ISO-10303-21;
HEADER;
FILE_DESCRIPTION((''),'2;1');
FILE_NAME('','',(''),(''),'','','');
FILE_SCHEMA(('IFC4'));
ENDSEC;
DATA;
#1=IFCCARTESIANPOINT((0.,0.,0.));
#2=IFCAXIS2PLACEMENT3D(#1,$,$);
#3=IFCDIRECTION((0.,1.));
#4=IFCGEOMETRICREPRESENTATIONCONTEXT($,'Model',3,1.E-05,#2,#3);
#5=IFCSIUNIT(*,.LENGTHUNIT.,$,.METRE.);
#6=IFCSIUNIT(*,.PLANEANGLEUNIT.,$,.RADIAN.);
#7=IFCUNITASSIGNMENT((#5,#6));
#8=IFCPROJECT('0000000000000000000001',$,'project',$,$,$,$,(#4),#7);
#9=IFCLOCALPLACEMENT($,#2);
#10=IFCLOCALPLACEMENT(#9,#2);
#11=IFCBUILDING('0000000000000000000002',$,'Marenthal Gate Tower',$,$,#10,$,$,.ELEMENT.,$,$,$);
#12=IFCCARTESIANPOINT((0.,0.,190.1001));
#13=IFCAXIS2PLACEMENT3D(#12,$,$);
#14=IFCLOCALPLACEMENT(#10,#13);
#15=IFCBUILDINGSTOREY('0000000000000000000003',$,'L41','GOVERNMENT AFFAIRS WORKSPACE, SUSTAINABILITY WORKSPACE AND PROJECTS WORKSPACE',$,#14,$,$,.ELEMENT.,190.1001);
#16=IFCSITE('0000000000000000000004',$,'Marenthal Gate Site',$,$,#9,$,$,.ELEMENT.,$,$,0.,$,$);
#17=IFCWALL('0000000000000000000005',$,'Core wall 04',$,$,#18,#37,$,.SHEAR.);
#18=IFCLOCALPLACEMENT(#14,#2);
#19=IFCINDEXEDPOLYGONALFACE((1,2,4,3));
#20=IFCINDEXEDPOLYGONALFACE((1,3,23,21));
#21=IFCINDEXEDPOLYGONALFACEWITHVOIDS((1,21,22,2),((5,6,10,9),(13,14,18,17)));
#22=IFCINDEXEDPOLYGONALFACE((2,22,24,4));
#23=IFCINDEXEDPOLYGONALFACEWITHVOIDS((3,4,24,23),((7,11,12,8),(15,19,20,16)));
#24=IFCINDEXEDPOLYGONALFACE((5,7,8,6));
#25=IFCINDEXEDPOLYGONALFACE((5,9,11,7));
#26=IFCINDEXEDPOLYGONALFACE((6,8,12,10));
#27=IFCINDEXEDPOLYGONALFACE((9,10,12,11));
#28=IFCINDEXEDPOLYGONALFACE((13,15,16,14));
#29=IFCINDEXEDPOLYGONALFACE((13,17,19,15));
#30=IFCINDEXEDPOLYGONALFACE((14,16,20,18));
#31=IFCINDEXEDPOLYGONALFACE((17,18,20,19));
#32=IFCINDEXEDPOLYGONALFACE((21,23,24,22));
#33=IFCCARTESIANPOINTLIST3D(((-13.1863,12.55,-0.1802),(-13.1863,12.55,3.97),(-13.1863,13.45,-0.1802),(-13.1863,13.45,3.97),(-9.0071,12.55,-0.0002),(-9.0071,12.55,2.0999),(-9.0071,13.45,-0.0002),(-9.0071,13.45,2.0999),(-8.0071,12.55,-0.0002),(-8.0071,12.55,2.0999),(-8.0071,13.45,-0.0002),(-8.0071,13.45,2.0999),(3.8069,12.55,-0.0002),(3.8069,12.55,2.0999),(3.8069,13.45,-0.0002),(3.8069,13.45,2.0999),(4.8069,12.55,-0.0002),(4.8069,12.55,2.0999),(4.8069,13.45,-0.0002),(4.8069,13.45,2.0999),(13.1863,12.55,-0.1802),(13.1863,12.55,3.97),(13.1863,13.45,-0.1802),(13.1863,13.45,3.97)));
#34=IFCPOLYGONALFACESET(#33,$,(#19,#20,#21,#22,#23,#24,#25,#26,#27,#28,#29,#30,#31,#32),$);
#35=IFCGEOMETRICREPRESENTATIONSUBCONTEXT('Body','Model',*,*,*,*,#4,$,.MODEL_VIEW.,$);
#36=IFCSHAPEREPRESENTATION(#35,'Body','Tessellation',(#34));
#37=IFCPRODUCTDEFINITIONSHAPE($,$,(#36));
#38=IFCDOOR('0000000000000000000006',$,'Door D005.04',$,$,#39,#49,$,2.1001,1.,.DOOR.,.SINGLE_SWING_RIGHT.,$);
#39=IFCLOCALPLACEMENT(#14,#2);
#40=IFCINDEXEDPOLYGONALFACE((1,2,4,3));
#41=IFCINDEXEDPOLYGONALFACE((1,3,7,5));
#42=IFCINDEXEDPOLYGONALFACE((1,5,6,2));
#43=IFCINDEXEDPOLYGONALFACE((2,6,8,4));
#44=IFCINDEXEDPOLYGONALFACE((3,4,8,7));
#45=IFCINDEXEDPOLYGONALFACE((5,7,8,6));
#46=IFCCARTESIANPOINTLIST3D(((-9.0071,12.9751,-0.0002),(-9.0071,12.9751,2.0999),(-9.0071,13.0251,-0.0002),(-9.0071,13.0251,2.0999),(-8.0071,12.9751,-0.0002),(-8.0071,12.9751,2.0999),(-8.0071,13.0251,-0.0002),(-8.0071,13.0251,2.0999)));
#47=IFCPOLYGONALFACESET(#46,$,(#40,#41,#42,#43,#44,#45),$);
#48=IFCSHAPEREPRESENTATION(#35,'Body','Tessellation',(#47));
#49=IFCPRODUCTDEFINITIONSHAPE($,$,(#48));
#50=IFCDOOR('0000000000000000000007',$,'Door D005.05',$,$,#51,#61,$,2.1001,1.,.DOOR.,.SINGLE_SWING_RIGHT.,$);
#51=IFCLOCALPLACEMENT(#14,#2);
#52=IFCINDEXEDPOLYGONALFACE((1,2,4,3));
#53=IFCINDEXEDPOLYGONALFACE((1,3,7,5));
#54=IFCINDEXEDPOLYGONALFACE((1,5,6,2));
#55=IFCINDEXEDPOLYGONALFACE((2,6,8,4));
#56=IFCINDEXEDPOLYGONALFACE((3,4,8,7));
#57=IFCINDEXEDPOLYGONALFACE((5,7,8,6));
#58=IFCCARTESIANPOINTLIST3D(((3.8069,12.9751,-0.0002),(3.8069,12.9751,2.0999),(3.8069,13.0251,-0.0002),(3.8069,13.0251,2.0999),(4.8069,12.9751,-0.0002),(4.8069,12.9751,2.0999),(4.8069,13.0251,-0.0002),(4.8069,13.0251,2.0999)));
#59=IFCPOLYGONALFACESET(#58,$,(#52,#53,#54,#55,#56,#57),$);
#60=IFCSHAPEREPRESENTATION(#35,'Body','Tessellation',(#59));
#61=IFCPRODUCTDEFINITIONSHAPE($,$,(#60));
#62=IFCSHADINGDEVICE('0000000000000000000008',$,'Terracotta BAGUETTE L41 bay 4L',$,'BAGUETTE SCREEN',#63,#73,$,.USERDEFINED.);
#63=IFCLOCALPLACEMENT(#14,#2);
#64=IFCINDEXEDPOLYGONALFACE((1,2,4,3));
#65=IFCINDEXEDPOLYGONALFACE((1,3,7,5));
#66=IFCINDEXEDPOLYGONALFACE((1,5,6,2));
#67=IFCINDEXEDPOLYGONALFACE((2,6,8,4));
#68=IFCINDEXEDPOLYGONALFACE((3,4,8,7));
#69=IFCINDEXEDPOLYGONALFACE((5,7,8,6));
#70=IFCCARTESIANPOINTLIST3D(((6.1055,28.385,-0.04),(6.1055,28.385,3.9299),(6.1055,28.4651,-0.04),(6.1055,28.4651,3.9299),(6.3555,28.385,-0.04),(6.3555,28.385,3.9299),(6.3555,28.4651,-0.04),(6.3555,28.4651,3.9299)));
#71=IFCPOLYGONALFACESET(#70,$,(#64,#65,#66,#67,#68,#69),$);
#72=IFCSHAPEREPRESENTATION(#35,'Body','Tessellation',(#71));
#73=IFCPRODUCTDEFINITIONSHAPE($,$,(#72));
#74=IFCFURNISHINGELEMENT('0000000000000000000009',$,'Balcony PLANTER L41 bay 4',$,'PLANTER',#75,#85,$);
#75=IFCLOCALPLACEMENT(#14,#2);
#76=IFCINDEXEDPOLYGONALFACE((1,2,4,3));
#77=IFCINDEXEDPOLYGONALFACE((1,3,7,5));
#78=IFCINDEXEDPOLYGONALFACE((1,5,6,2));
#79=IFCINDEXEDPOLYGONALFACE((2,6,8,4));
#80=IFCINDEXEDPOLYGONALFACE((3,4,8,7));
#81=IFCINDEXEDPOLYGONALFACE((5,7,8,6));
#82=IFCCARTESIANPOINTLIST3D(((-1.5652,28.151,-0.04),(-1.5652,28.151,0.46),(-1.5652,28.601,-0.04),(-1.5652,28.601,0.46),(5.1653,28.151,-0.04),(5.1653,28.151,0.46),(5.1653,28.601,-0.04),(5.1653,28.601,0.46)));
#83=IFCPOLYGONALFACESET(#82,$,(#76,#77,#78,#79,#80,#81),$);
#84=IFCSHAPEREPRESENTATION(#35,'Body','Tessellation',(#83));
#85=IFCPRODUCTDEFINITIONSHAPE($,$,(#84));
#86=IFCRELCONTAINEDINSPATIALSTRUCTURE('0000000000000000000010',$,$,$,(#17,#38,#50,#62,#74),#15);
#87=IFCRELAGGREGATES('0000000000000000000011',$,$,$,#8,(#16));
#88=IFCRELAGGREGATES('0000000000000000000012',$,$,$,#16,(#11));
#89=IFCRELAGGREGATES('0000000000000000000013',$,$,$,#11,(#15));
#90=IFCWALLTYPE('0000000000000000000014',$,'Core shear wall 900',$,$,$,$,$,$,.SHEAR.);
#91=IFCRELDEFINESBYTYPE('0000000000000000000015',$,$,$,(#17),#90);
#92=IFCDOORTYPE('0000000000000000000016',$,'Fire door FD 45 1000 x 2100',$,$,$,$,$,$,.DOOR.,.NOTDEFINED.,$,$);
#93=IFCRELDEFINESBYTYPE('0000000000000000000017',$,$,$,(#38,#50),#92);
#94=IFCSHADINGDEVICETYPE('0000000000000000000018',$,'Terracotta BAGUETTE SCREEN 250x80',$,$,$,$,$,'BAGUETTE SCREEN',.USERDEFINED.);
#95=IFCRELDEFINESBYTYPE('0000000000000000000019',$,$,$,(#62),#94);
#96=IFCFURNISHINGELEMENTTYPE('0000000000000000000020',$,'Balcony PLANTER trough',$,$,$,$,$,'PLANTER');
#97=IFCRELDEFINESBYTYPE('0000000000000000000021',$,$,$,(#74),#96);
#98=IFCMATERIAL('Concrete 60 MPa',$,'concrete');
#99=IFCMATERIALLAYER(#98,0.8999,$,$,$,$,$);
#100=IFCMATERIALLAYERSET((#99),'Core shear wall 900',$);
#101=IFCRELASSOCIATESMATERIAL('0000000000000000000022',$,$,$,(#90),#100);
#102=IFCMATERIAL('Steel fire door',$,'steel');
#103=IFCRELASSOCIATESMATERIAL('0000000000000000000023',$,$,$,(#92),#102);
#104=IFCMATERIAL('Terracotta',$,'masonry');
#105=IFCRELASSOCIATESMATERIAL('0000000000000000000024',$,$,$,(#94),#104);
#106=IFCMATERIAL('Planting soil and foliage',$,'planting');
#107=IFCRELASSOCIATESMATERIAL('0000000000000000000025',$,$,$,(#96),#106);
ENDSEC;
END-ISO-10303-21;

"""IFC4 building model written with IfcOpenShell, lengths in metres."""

from ifc_helpers import new_model, si_unit, direction, frame, frame_2d, origin, origin_2d, place, context, subcontext, project, spatial, rectangle, extrude, material, layer, layer_set, material_profile, profile_set, type_object, element, fill, save


model = new_model("IFC4")

# Units and contexts
model_context = context("Model", 3, precision=1e-05, world=origin(), true_north=direction((0.0, 1.0)))
body_context = subcontext(model_context, "Body", "Model", "MODEL_VIEW")
ifc_project = project(units=[si_unit("LENGTHUNIT", "METRE"), si_unit("PLANEANGLEUNIT", "RADIAN")], contexts=[model_context])

# Site, building, storey
site_placement = place(None, origin())
site = spatial("IfcSite", under=ifc_project, at=site_placement, Name="Marenthal Gate Site", CompositionType="ELEMENT", RefElevation=0.0)
building_placement = place(site_placement, origin())
building = spatial("IfcBuilding", under=site, at=building_placement, Name="Marenthal Gate Tower", CompositionType="ELEMENT")
storey_placement = place(building_placement, frame((0.0, 0.0, 190.1001)))
storey = spatial("IfcBuildingStorey", under=building, at=storey_placement, Name="L41", Description="GOVERNMENT AFFAIRS WORKSPACE, SUSTAINABILITY WORKSPACE AND PROJECTS WORKSPACE", CompositionType="ELEMENT", Elevation=190.1001)

# Shared definitions
ifc_material_1 = material(Name="Concrete 60 MPa", Category="concrete")
ifc_layer_1 = layer(ifc_material_1, 0.8999)
ifc_layer_set_1 = layer_set([ifc_layer_1], Name="Core shear wall 900")
wall_type_1 = type_object("IfcWallType", Name="Core shear wall 900", PredefinedType="SHEAR", material=ifc_layer_set_1)

# Wall, openings, doors
wall_1_placement = place(storey_placement, frame((13.1863, 13.0, -0.1802), z_axis=(0.0, 0.0, 1.0), x_axis=(-1.0, 0.0, 0.0)))
wall_1 = element("IfcWall", 1, at=wall_1_placement, inside=storey, type_object=wall_type_1, Name="Core wall 04", PredefinedType="SHEAR", context=body_context, shape_type="SweptSolid", body=[
    extrude(rectangle(XDim=26.3726, YDim=0.8999, at=frame_2d((13.1863, 0.0))), origin(), (0.0, 0.0, 1.0), 4.1501),
])
opening_1_placement = place(wall_1_placement, frame((21.1934, 0.0, 0.1799)))
opening_1 = element("IfcOpeningElement", 2, at=opening_1_placement, cuts=wall_1, PredefinedType="OPENING", context=body_context, shape_type="SweptSolid", body=[
    extrude(rectangle(XDim=1.0, YDim=2.1001, at=frame_2d((0.5, 1.05))), frame((0.0, 0.46, 0.0), z_axis=(0.0, -1.0, 0.0), x_axis=(1.0, 0.0, 0.0)), (0.0, 0.0, 1.0), 0.9199),
])
opening_2_placement = place(wall_1_placement, frame((8.3794, 0.0, 0.1799)))
opening_2 = element("IfcOpeningElement", 3, at=opening_2_placement, cuts=wall_1, PredefinedType="OPENING", context=body_context, shape_type="SweptSolid", body=[
    extrude(rectangle(XDim=1.0, YDim=2.1001, at=frame_2d((0.5, 1.05))), frame((0.0, 0.46, 0.0), z_axis=(0.0, -1.0, 0.0), x_axis=(1.0, 0.0, 0.0)), (0.0, 0.0, 1.0), 0.9199),
])
ifc_material_2 = material(Name="Steel fire door", Category="steel")
door_type_1 = type_object("IfcDoorType", Name="Fire door FD 45 1000 x 2100", OperationType="NOTDEFINED", PredefinedType="DOOR", material=ifc_material_2)
door_1_placement = place(opening_1_placement, origin())
door_1 = element("IfcDoor", 4, at=door_1_placement, inside=storey, type_object=door_type_1, Name="Door D005.04", OperationType="SINGLE_SWING_RIGHT", OverallHeight=2.1001, OverallWidth=1.0, PredefinedType="DOOR", context=body_context, shape_type="SweptSolid", body=[
    extrude(rectangle(XDim=1.0, YDim=2.1001, at=frame_2d((0.5, 1.05))), frame((0.0, 0.0249, 0.0), z_axis=(0.0, -1.0, 0.0), x_axis=(1.0, 0.0, 0.0)), (0.0, 0.0, 1.0), 0.05),
])
fill(opening_1, door_1)
door_2_placement = place(opening_2_placement, origin())
door_2 = element("IfcDoor", 5, at=door_2_placement, inside=storey, type_object=door_type_1, Name="Door D005.05", OperationType="SINGLE_SWING_RIGHT", OverallHeight=2.1001, OverallWidth=1.0, PredefinedType="DOOR", context=body_context, shape_type="SweptSolid", body=[
    extrude(rectangle(XDim=1.0, YDim=2.1001, at=frame_2d((0.5, 1.05))), frame((0.0, 0.0249, 0.0), z_axis=(0.0, -1.0, 0.0), x_axis=(1.0, 0.0, 0.0)), (0.0, 0.0, 1.0), 0.05),
])
fill(opening_2, door_2)

# Shading device
ifc_material_3 = material(Name="Terracotta", Category="masonry")
ifc_material_profile_1 = material_profile(ifc_material_3, rectangle(XDim=0.25, YDim=0.0801, at=origin_2d()), Name="Terracotta baguette 250x80")
ifc_profile_set_1 = profile_set([ifc_material_profile_1], Name="Terracotta")
shading_device_type = type_object("IfcShadingDeviceType", Name="Terracotta BAGUETTE SCREEN 250x80", ElementType="BAGUETTE SCREEN", PredefinedType="USERDEFINED", material=ifc_profile_set_1)
shading_device_placement = place(storey_placement, frame((6.2305, 28.425, -0.04), z_axis=(0.0, 0.0, 1.0), x_axis=(-1.0, 0.0, 0.0)))
element("IfcShadingDevice", 6, at=shading_device_placement, inside=storey, type_object=shading_device_type, Name="Terracotta BAGUETTE L41 bay 4L", ObjectType="BAGUETTE SCREEN", PredefinedType="USERDEFINED", context=body_context, shape_type="SweptSolid", body=[
    extrude(rectangle(XDim=0.25, YDim=0.0801, at=origin_2d()), origin(), (0.0, 0.0, 1.0), 3.97),
])

# Furnishing element
ifc_material_4 = material(Name="Planting soil and foliage", Category="planting")
furnishing_element_type = type_object("IfcFurnishingElementType", Name="Balcony PLANTER trough", ElementType="PLANTER", material=ifc_material_4)
furnishing_placement = place(storey_placement, frame((1.8, 28.376, -0.04), z_axis=(0.0, 0.0, 1.0), x_axis=(-1.0, 0.0, 0.0)))
element("IfcFurnishingElement", 7, at=furnishing_placement, inside=storey, type_object=furnishing_element_type, Name="Balcony PLANTER L41 bay 4", ObjectType="PLANTER", context=body_context, shape_type="SweptSolid", body=[
    extrude(rectangle(XDim=6.7305, YDim=0.45, at=origin_2d()), origin(), (0.0, 0.0, 1.0), 0.5),
])

save(model, "model.ifc")
